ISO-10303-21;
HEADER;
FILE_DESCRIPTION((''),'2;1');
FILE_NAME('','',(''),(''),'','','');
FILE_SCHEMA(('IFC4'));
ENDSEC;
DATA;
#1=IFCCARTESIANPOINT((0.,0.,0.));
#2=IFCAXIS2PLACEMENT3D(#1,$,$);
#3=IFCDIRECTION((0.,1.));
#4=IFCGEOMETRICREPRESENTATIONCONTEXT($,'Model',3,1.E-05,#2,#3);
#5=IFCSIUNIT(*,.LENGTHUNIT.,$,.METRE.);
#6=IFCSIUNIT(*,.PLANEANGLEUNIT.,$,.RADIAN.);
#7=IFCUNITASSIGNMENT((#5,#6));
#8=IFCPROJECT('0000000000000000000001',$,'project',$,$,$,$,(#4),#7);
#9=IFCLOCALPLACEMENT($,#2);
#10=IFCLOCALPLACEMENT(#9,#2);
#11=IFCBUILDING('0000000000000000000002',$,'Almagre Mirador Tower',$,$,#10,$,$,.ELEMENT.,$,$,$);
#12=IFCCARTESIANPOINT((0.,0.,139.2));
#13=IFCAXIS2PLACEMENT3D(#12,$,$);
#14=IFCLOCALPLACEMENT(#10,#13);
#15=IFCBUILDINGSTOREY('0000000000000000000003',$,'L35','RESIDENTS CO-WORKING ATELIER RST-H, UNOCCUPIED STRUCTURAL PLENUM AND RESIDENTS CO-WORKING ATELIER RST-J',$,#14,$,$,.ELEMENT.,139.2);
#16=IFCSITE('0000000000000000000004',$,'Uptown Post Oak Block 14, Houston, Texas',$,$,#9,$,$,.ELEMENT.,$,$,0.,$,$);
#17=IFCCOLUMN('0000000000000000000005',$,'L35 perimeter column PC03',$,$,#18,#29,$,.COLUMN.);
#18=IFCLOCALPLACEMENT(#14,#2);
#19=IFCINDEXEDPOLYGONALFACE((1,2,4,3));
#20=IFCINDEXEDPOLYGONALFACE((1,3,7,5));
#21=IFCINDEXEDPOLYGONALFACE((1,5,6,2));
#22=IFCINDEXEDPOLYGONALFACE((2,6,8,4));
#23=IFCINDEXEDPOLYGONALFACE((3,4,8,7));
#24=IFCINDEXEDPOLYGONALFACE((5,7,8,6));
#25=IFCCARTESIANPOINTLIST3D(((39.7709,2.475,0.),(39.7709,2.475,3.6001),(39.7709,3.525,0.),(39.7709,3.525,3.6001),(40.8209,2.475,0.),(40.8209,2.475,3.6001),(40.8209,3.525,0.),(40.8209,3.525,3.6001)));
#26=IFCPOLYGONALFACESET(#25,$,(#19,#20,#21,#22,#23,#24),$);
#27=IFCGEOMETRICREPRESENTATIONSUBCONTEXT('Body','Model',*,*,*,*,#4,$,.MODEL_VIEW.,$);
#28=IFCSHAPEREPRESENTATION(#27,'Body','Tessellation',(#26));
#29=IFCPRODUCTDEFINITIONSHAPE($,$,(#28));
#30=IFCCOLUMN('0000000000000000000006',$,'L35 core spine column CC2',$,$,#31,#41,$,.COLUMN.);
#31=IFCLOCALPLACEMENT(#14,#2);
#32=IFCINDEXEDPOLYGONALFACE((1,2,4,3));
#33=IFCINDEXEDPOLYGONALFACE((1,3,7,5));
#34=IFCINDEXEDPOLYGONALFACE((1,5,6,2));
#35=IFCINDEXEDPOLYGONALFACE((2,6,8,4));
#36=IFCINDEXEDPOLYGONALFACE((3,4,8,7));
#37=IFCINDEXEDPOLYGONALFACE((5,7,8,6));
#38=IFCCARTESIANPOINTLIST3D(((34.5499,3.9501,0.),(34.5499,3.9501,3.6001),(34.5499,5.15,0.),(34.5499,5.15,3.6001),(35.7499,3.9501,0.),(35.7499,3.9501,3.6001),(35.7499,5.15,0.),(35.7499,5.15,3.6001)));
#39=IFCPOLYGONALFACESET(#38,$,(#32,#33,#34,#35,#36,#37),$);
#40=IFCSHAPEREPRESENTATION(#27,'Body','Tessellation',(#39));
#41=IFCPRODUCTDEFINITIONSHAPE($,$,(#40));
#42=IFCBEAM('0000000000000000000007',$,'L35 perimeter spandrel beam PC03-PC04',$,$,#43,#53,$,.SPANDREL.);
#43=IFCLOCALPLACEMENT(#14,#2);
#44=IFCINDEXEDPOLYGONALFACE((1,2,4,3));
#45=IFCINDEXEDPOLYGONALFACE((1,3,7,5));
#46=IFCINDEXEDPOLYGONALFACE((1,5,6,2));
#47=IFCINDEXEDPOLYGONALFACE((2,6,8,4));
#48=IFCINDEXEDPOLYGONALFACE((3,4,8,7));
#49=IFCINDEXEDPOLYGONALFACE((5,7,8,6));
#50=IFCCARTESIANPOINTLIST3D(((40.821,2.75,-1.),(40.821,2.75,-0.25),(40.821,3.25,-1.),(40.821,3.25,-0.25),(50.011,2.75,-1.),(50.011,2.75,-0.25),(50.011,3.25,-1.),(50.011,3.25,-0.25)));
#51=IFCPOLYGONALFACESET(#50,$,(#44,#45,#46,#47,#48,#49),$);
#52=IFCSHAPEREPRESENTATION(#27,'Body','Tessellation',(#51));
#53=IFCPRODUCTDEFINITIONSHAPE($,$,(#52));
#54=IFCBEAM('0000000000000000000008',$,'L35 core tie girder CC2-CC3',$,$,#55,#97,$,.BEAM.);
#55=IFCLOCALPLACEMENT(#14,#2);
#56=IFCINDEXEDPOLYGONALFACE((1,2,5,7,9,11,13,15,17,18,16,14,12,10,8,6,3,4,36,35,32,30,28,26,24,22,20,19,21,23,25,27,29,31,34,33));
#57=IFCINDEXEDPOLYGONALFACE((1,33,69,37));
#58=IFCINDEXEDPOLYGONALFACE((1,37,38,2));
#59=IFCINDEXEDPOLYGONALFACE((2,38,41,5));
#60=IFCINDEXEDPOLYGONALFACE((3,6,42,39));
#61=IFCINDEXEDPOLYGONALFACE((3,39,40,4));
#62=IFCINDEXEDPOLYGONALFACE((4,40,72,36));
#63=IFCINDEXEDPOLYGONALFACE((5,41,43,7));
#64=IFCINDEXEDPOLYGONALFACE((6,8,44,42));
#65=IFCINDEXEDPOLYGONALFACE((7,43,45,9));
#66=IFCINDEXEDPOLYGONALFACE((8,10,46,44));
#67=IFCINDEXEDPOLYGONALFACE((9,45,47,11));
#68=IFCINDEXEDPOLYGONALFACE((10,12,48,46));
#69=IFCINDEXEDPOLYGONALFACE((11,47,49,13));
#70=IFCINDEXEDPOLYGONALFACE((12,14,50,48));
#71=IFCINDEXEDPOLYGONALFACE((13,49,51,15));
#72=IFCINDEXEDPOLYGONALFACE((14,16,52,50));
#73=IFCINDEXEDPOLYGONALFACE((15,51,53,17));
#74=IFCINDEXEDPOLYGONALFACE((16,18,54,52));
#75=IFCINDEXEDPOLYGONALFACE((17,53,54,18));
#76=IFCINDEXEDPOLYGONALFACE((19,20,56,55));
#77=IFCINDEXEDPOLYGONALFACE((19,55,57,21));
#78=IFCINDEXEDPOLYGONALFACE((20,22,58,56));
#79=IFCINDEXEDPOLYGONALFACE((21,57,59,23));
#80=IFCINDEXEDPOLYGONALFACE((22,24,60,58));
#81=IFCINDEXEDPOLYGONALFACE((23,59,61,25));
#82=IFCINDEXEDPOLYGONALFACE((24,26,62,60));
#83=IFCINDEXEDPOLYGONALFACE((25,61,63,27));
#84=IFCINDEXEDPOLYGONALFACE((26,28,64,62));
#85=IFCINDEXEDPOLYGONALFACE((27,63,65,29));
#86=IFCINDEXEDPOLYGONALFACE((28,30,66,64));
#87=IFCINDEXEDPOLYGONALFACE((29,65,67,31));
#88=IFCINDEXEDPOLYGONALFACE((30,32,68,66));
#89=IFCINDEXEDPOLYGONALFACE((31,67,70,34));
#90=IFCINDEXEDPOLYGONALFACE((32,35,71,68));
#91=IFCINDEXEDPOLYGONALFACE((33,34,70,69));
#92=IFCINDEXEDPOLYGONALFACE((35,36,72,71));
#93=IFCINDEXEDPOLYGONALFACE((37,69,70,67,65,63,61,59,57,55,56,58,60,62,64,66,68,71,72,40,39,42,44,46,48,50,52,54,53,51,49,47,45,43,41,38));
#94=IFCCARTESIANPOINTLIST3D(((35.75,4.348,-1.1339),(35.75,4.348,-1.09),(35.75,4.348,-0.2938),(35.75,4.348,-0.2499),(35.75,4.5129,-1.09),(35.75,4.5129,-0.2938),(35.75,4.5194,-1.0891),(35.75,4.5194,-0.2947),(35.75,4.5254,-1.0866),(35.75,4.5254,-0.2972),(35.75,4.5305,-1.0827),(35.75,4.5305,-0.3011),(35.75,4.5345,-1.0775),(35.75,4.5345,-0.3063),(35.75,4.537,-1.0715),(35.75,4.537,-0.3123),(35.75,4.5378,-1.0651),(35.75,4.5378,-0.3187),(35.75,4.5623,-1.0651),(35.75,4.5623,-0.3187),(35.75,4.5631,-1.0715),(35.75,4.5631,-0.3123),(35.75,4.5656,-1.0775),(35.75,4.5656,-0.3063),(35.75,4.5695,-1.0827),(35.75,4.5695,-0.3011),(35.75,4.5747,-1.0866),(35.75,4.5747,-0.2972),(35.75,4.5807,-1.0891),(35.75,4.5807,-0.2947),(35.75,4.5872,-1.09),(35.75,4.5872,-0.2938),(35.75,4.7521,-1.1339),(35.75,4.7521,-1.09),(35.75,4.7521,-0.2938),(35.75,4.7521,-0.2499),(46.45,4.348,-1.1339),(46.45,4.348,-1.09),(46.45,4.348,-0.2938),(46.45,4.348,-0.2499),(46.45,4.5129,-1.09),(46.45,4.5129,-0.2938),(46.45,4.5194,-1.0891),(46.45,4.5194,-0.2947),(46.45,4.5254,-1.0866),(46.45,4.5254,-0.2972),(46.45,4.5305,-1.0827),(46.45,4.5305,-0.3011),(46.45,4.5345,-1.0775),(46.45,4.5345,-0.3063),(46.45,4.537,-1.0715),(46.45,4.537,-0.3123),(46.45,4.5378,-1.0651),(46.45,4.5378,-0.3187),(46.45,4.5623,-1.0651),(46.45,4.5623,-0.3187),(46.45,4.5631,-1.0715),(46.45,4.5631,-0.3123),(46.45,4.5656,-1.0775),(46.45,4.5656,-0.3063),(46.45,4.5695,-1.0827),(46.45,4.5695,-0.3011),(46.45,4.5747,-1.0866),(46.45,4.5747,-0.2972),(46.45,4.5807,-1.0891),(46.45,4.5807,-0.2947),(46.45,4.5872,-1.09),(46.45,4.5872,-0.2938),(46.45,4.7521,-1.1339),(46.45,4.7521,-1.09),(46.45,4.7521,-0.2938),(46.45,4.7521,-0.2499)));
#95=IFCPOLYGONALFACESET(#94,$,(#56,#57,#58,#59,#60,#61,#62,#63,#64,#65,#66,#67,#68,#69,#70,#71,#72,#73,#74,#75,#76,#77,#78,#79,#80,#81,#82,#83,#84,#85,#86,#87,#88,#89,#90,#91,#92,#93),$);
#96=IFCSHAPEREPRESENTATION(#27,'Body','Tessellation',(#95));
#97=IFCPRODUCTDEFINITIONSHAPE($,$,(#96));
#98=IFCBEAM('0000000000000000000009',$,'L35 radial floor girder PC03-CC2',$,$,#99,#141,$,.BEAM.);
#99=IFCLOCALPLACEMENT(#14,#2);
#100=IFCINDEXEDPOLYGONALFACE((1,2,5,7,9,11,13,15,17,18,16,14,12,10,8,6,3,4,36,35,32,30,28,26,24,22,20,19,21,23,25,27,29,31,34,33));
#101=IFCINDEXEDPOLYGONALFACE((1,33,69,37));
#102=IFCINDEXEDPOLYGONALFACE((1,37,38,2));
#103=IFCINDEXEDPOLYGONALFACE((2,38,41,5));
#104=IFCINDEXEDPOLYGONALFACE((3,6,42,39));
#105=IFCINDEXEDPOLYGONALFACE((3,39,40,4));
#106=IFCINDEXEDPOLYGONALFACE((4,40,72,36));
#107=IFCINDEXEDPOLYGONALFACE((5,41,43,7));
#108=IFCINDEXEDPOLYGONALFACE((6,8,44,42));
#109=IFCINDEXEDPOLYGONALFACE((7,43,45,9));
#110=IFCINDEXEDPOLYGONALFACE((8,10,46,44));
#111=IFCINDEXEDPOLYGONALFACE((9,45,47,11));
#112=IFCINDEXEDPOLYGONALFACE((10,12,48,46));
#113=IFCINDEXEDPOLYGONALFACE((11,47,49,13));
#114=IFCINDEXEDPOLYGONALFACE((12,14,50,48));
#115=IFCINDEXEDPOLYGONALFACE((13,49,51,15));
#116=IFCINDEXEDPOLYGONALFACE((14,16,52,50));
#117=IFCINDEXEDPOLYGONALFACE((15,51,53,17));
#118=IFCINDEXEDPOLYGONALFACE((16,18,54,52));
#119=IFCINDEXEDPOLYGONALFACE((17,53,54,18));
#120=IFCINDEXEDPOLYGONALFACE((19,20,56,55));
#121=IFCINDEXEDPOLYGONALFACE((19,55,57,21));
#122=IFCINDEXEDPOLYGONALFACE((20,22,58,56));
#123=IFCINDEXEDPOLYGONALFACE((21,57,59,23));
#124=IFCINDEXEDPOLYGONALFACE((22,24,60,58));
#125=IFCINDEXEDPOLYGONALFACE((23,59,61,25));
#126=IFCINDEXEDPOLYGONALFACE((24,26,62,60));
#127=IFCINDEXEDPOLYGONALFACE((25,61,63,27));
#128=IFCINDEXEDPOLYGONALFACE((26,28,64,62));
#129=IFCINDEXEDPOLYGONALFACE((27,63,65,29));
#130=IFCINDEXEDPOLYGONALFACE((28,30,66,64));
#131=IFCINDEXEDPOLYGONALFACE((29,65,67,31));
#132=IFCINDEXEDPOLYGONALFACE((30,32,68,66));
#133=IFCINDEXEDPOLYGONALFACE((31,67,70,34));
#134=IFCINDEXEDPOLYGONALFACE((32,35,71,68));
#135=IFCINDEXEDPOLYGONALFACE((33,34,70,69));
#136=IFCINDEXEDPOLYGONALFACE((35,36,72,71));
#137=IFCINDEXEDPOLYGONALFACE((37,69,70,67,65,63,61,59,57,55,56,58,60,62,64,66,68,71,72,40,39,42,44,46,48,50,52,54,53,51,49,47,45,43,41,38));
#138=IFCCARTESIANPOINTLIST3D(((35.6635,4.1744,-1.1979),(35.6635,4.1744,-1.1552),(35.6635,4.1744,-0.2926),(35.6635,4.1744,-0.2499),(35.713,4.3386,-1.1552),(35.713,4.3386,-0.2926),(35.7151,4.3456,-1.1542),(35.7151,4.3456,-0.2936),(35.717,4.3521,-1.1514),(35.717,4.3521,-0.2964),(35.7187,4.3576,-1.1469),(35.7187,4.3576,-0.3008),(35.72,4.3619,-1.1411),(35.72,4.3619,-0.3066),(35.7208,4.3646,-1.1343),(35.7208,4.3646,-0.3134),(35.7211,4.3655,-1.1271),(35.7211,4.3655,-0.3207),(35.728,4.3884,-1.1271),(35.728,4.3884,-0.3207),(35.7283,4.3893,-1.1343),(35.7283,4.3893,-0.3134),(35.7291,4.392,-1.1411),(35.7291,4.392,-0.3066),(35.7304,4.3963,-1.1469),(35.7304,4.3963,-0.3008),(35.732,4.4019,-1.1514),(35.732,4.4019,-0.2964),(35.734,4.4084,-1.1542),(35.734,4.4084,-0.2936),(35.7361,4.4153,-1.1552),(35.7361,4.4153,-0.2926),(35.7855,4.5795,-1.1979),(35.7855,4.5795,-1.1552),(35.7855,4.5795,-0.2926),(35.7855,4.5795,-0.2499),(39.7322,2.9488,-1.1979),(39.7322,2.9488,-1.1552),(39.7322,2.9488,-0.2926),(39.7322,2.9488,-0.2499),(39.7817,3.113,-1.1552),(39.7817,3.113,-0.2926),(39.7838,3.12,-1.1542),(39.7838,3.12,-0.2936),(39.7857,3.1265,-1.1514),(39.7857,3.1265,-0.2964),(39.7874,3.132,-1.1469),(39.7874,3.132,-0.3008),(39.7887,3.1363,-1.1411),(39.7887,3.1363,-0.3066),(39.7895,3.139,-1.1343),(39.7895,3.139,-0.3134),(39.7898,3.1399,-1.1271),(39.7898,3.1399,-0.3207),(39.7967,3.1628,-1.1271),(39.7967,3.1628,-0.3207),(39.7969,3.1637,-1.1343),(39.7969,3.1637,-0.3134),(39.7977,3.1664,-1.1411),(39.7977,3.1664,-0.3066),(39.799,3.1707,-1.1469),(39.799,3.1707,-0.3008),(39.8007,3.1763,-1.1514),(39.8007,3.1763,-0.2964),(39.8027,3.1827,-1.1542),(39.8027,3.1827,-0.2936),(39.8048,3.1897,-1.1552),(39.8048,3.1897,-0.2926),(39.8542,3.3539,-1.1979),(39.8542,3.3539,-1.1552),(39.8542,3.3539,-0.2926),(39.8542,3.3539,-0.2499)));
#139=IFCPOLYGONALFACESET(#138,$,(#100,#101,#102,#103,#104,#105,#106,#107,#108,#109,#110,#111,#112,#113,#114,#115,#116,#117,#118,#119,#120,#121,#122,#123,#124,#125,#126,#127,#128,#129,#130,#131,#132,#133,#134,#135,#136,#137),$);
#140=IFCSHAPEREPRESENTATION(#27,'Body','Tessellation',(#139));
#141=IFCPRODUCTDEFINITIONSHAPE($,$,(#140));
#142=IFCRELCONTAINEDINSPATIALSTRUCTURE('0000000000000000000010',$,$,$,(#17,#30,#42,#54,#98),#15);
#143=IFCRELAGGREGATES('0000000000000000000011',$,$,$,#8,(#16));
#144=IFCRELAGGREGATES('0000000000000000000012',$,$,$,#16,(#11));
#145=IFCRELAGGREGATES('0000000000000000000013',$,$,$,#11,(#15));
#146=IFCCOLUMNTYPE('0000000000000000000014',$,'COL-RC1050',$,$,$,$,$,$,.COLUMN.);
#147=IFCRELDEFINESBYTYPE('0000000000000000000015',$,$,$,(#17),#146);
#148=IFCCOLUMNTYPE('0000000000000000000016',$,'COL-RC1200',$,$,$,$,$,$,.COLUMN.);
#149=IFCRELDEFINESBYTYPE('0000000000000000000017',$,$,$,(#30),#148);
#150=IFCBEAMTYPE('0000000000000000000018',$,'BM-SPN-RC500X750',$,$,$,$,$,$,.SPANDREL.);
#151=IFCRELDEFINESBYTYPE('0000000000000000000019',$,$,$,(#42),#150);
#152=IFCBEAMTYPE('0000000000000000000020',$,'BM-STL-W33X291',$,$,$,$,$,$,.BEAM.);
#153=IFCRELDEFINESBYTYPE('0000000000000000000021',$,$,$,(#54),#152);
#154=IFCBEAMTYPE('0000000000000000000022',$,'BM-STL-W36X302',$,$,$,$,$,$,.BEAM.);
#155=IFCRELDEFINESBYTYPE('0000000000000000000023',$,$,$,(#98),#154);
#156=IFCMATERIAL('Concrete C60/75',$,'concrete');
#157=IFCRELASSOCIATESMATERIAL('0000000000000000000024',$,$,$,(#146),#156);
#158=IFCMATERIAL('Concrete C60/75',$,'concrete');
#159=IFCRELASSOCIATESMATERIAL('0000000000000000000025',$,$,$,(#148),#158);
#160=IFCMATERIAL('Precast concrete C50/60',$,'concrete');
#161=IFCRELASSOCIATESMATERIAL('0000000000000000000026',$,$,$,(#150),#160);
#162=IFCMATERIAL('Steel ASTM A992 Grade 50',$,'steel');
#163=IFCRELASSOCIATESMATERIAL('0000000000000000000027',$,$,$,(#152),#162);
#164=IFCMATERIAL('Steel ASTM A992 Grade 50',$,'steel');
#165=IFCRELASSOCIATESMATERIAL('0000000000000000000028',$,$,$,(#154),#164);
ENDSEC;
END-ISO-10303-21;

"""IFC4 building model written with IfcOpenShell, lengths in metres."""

from ifc_helpers import new_model, si_unit, direction, frame, origin, origin_2d, place, context, subcontext, project, spatial, rectangle, i_section, extrude, material, material_profile, profile_set, type_object, element, save


model = new_model("IFC4")

# Units and contexts
model_context = context("Model", 3, precision=1e-05, world=origin(), true_north=direction((0.0, 1.0)))
body_context = subcontext(model_context, "Body", "Model", "MODEL_VIEW")
ifc_project = project(units=[si_unit("LENGTHUNIT", "METRE"), si_unit("PLANEANGLEUNIT", "RADIAN")], contexts=[model_context])

# Site, building, storey
site_placement = place(None, origin())
site = spatial("IfcSite", under=ifc_project, at=site_placement, Name="Uptown Post Oak Block 14, Houston, Texas", CompositionType="ELEMENT", RefElevation=0.0)
building_placement = place(site_placement, origin())
building = spatial("IfcBuilding", under=site, at=building_placement, Name="Almagre Mirador Tower", CompositionType="ELEMENT")
storey_placement = place(building_placement, frame((0.0, 0.0, 139.2)))
storey = spatial("IfcBuildingStorey", under=building, at=storey_placement, Name="L35", Description="RESIDENTS CO-WORKING ATELIER RST-H, UNOCCUPIED STRUCTURAL PLENUM AND RESIDENTS CO-WORKING ATELIER RST-J", CompositionType="ELEMENT", Elevation=139.2)

# Columns
ifc_material_1 = material(Name="Concrete C60/75", Category="concrete")
ifc_material_profile_1 = material_profile(ifc_material_1, rectangle(XDim=1.05, YDim=1.05, at=origin_2d()), Name="RC1050X1050")
ifc_profile_set_1 = profile_set([ifc_material_profile_1], Name="Concrete C60/75")
column_type_1 = type_object("IfcColumnType", Name="COL-RC1050", PredefinedType="COLUMN", material=ifc_profile_set_1)
column_1_placement = place(storey_placement, frame((40.2959, 3.0, 0.0), z_axis=(0.0, 0.0, 1.0), x_axis=(1.0, 0.0, 0.0)))
element("IfcColumn", 1, at=column_1_placement, inside=storey, type_object=column_type_1, Name="L35 perimeter column PC03", PredefinedType="COLUMN", context=body_context, shape_type="SweptSolid", body=[
    extrude(rectangle(XDim=1.05, YDim=1.05, at=origin_2d()), origin(), (0.0, 0.0, 1.0), 3.6001),
])
ifc_material_2 = material(Name="Concrete C60/75", Category="concrete")
ifc_material_profile_2 = material_profile(ifc_material_2, rectangle(XDim=1.2, YDim=1.2, at=origin_2d()), Name="RC1200X1200")
ifc_profile_set_2 = profile_set([ifc_material_profile_2], Name="Concrete C60/75")
column_type_2 = type_object("IfcColumnType", Name="COL-RC1200", PredefinedType="COLUMN", material=ifc_profile_set_2)
column_2_placement = place(storey_placement, frame((35.1499, 4.55, 0.0), z_axis=(0.0, 0.0, 1.0), x_axis=(1.0, 0.0, 0.0)))
element("IfcColumn", 2, at=column_2_placement, inside=storey, type_object=column_type_2, Name="L35 core spine column CC2", PredefinedType="COLUMN", context=body_context, shape_type="SweptSolid", body=[
    extrude(rectangle(XDim=1.2, YDim=1.2, at=origin_2d()), origin(), (0.0, 0.0, 1.0), 3.6001),
])

# Beams
ifc_material_3 = material(Name="Precast concrete C50/60", Category="concrete")
ifc_material_profile_3 = material_profile(ifc_material_3, rectangle(XDim=0.5, YDim=0.75, at=origin_2d()), Name="RC500X750")
ifc_profile_set_3 = profile_set([ifc_material_profile_3], Name="Precast concrete C50/60")
beam_type_1 = type_object("IfcBeamType", Name="BM-SPN-RC500X750", PredefinedType="SPANDREL", material=ifc_profile_set_3)
beam_1_placement = place(storey_placement, frame((40.821, 3.0, -0.625), z_axis=(1.0, 0.0, 0.0), x_axis=(0.0, 1.0, 0.0)))
element("IfcBeam", 3, at=beam_1_placement, inside=storey, type_object=beam_type_1, Name="L35 perimeter spandrel beam PC03-PC04", PredefinedType="SPANDREL", context=body_context, shape_type="SweptSolid", body=[
    extrude(rectangle(XDim=0.5, YDim=0.75, at=origin_2d()), origin(), (0.0, 0.0, 1.0), 9.1899),
])
ifc_material_4 = material(Name="Steel ASTM A992 Grade 50", Category="steel")
ifc_material_profile_4 = material_profile(ifc_material_4, i_section(OverallWidth=0.4041, OverallDepth=0.884, WebThickness=0.0244, FlangeThickness=0.0439, FilletRadius=0.0249, at=origin_2d()), Name="W33X291")
ifc_profile_set_4 = profile_set([ifc_material_profile_4], Name="Steel ASTM A992 Grade 50")
beam_type_2 = type_object("IfcBeamType", Name="BM-STL-W33X291", PredefinedType="BEAM", material=ifc_profile_set_4)
beam_2_placement = place(storey_placement, frame((35.75, 4.55, -0.6919), z_axis=(1.0, 0.0, 0.0), x_axis=(0.0, 1.0, 0.0)))
element("IfcBeam", 4, at=beam_2_placement, inside=storey, type_object=beam_type_2, Name="L35 core tie girder CC2-CC3", PredefinedType="BEAM", context=body_context, shape_type="SweptSolid", body=[
    extrude(i_section(OverallWidth=0.4041, OverallDepth=0.884, WebThickness=0.0244, FlangeThickness=0.0439, FilletRadius=0.0249, at=origin_2d()), origin(), (0.0, 0.0, 1.0), 10.7),
])
ifc_material_5 = material(Name="Steel ASTM A992 Grade 50", Category="steel")
ifc_material_profile_5 = material_profile(ifc_material_5, i_section(OverallWidth=0.4231, OverallDepth=0.948, WebThickness=0.0239, FlangeThickness=0.0427, FilletRadius=0.0281, at=origin_2d()), Name="W36X302")
ifc_profile_set_5 = profile_set([ifc_material_profile_5], Name="Steel ASTM A992 Grade 50")
beam_type_3 = type_object("IfcBeamType", Name="BM-STL-W36X302", PredefinedType="BEAM", material=ifc_profile_set_5)
beam_3_placement = place(storey_placement, frame((39.7932, 3.1514, -0.7239), z_axis=(-0.957501, 0.288428, 0.0), x_axis=(-0.288428, -0.957501, 0.0)))
element("IfcBeam", 5, at=beam_3_placement, inside=storey, type_object=beam_type_3, Name="L35 radial floor girder PC03-CC2", PredefinedType="BEAM", context=body_context, shape_type="SweptSolid", body=[
    extrude(i_section(OverallWidth=0.4231, OverallDepth=0.948, WebThickness=0.0239, FlangeThickness=0.0427, FilletRadius=0.0281, at=origin_2d()), origin(), (0.0, 0.0, 1.0), 4.2493),
])

save(model, "model.ifc")
